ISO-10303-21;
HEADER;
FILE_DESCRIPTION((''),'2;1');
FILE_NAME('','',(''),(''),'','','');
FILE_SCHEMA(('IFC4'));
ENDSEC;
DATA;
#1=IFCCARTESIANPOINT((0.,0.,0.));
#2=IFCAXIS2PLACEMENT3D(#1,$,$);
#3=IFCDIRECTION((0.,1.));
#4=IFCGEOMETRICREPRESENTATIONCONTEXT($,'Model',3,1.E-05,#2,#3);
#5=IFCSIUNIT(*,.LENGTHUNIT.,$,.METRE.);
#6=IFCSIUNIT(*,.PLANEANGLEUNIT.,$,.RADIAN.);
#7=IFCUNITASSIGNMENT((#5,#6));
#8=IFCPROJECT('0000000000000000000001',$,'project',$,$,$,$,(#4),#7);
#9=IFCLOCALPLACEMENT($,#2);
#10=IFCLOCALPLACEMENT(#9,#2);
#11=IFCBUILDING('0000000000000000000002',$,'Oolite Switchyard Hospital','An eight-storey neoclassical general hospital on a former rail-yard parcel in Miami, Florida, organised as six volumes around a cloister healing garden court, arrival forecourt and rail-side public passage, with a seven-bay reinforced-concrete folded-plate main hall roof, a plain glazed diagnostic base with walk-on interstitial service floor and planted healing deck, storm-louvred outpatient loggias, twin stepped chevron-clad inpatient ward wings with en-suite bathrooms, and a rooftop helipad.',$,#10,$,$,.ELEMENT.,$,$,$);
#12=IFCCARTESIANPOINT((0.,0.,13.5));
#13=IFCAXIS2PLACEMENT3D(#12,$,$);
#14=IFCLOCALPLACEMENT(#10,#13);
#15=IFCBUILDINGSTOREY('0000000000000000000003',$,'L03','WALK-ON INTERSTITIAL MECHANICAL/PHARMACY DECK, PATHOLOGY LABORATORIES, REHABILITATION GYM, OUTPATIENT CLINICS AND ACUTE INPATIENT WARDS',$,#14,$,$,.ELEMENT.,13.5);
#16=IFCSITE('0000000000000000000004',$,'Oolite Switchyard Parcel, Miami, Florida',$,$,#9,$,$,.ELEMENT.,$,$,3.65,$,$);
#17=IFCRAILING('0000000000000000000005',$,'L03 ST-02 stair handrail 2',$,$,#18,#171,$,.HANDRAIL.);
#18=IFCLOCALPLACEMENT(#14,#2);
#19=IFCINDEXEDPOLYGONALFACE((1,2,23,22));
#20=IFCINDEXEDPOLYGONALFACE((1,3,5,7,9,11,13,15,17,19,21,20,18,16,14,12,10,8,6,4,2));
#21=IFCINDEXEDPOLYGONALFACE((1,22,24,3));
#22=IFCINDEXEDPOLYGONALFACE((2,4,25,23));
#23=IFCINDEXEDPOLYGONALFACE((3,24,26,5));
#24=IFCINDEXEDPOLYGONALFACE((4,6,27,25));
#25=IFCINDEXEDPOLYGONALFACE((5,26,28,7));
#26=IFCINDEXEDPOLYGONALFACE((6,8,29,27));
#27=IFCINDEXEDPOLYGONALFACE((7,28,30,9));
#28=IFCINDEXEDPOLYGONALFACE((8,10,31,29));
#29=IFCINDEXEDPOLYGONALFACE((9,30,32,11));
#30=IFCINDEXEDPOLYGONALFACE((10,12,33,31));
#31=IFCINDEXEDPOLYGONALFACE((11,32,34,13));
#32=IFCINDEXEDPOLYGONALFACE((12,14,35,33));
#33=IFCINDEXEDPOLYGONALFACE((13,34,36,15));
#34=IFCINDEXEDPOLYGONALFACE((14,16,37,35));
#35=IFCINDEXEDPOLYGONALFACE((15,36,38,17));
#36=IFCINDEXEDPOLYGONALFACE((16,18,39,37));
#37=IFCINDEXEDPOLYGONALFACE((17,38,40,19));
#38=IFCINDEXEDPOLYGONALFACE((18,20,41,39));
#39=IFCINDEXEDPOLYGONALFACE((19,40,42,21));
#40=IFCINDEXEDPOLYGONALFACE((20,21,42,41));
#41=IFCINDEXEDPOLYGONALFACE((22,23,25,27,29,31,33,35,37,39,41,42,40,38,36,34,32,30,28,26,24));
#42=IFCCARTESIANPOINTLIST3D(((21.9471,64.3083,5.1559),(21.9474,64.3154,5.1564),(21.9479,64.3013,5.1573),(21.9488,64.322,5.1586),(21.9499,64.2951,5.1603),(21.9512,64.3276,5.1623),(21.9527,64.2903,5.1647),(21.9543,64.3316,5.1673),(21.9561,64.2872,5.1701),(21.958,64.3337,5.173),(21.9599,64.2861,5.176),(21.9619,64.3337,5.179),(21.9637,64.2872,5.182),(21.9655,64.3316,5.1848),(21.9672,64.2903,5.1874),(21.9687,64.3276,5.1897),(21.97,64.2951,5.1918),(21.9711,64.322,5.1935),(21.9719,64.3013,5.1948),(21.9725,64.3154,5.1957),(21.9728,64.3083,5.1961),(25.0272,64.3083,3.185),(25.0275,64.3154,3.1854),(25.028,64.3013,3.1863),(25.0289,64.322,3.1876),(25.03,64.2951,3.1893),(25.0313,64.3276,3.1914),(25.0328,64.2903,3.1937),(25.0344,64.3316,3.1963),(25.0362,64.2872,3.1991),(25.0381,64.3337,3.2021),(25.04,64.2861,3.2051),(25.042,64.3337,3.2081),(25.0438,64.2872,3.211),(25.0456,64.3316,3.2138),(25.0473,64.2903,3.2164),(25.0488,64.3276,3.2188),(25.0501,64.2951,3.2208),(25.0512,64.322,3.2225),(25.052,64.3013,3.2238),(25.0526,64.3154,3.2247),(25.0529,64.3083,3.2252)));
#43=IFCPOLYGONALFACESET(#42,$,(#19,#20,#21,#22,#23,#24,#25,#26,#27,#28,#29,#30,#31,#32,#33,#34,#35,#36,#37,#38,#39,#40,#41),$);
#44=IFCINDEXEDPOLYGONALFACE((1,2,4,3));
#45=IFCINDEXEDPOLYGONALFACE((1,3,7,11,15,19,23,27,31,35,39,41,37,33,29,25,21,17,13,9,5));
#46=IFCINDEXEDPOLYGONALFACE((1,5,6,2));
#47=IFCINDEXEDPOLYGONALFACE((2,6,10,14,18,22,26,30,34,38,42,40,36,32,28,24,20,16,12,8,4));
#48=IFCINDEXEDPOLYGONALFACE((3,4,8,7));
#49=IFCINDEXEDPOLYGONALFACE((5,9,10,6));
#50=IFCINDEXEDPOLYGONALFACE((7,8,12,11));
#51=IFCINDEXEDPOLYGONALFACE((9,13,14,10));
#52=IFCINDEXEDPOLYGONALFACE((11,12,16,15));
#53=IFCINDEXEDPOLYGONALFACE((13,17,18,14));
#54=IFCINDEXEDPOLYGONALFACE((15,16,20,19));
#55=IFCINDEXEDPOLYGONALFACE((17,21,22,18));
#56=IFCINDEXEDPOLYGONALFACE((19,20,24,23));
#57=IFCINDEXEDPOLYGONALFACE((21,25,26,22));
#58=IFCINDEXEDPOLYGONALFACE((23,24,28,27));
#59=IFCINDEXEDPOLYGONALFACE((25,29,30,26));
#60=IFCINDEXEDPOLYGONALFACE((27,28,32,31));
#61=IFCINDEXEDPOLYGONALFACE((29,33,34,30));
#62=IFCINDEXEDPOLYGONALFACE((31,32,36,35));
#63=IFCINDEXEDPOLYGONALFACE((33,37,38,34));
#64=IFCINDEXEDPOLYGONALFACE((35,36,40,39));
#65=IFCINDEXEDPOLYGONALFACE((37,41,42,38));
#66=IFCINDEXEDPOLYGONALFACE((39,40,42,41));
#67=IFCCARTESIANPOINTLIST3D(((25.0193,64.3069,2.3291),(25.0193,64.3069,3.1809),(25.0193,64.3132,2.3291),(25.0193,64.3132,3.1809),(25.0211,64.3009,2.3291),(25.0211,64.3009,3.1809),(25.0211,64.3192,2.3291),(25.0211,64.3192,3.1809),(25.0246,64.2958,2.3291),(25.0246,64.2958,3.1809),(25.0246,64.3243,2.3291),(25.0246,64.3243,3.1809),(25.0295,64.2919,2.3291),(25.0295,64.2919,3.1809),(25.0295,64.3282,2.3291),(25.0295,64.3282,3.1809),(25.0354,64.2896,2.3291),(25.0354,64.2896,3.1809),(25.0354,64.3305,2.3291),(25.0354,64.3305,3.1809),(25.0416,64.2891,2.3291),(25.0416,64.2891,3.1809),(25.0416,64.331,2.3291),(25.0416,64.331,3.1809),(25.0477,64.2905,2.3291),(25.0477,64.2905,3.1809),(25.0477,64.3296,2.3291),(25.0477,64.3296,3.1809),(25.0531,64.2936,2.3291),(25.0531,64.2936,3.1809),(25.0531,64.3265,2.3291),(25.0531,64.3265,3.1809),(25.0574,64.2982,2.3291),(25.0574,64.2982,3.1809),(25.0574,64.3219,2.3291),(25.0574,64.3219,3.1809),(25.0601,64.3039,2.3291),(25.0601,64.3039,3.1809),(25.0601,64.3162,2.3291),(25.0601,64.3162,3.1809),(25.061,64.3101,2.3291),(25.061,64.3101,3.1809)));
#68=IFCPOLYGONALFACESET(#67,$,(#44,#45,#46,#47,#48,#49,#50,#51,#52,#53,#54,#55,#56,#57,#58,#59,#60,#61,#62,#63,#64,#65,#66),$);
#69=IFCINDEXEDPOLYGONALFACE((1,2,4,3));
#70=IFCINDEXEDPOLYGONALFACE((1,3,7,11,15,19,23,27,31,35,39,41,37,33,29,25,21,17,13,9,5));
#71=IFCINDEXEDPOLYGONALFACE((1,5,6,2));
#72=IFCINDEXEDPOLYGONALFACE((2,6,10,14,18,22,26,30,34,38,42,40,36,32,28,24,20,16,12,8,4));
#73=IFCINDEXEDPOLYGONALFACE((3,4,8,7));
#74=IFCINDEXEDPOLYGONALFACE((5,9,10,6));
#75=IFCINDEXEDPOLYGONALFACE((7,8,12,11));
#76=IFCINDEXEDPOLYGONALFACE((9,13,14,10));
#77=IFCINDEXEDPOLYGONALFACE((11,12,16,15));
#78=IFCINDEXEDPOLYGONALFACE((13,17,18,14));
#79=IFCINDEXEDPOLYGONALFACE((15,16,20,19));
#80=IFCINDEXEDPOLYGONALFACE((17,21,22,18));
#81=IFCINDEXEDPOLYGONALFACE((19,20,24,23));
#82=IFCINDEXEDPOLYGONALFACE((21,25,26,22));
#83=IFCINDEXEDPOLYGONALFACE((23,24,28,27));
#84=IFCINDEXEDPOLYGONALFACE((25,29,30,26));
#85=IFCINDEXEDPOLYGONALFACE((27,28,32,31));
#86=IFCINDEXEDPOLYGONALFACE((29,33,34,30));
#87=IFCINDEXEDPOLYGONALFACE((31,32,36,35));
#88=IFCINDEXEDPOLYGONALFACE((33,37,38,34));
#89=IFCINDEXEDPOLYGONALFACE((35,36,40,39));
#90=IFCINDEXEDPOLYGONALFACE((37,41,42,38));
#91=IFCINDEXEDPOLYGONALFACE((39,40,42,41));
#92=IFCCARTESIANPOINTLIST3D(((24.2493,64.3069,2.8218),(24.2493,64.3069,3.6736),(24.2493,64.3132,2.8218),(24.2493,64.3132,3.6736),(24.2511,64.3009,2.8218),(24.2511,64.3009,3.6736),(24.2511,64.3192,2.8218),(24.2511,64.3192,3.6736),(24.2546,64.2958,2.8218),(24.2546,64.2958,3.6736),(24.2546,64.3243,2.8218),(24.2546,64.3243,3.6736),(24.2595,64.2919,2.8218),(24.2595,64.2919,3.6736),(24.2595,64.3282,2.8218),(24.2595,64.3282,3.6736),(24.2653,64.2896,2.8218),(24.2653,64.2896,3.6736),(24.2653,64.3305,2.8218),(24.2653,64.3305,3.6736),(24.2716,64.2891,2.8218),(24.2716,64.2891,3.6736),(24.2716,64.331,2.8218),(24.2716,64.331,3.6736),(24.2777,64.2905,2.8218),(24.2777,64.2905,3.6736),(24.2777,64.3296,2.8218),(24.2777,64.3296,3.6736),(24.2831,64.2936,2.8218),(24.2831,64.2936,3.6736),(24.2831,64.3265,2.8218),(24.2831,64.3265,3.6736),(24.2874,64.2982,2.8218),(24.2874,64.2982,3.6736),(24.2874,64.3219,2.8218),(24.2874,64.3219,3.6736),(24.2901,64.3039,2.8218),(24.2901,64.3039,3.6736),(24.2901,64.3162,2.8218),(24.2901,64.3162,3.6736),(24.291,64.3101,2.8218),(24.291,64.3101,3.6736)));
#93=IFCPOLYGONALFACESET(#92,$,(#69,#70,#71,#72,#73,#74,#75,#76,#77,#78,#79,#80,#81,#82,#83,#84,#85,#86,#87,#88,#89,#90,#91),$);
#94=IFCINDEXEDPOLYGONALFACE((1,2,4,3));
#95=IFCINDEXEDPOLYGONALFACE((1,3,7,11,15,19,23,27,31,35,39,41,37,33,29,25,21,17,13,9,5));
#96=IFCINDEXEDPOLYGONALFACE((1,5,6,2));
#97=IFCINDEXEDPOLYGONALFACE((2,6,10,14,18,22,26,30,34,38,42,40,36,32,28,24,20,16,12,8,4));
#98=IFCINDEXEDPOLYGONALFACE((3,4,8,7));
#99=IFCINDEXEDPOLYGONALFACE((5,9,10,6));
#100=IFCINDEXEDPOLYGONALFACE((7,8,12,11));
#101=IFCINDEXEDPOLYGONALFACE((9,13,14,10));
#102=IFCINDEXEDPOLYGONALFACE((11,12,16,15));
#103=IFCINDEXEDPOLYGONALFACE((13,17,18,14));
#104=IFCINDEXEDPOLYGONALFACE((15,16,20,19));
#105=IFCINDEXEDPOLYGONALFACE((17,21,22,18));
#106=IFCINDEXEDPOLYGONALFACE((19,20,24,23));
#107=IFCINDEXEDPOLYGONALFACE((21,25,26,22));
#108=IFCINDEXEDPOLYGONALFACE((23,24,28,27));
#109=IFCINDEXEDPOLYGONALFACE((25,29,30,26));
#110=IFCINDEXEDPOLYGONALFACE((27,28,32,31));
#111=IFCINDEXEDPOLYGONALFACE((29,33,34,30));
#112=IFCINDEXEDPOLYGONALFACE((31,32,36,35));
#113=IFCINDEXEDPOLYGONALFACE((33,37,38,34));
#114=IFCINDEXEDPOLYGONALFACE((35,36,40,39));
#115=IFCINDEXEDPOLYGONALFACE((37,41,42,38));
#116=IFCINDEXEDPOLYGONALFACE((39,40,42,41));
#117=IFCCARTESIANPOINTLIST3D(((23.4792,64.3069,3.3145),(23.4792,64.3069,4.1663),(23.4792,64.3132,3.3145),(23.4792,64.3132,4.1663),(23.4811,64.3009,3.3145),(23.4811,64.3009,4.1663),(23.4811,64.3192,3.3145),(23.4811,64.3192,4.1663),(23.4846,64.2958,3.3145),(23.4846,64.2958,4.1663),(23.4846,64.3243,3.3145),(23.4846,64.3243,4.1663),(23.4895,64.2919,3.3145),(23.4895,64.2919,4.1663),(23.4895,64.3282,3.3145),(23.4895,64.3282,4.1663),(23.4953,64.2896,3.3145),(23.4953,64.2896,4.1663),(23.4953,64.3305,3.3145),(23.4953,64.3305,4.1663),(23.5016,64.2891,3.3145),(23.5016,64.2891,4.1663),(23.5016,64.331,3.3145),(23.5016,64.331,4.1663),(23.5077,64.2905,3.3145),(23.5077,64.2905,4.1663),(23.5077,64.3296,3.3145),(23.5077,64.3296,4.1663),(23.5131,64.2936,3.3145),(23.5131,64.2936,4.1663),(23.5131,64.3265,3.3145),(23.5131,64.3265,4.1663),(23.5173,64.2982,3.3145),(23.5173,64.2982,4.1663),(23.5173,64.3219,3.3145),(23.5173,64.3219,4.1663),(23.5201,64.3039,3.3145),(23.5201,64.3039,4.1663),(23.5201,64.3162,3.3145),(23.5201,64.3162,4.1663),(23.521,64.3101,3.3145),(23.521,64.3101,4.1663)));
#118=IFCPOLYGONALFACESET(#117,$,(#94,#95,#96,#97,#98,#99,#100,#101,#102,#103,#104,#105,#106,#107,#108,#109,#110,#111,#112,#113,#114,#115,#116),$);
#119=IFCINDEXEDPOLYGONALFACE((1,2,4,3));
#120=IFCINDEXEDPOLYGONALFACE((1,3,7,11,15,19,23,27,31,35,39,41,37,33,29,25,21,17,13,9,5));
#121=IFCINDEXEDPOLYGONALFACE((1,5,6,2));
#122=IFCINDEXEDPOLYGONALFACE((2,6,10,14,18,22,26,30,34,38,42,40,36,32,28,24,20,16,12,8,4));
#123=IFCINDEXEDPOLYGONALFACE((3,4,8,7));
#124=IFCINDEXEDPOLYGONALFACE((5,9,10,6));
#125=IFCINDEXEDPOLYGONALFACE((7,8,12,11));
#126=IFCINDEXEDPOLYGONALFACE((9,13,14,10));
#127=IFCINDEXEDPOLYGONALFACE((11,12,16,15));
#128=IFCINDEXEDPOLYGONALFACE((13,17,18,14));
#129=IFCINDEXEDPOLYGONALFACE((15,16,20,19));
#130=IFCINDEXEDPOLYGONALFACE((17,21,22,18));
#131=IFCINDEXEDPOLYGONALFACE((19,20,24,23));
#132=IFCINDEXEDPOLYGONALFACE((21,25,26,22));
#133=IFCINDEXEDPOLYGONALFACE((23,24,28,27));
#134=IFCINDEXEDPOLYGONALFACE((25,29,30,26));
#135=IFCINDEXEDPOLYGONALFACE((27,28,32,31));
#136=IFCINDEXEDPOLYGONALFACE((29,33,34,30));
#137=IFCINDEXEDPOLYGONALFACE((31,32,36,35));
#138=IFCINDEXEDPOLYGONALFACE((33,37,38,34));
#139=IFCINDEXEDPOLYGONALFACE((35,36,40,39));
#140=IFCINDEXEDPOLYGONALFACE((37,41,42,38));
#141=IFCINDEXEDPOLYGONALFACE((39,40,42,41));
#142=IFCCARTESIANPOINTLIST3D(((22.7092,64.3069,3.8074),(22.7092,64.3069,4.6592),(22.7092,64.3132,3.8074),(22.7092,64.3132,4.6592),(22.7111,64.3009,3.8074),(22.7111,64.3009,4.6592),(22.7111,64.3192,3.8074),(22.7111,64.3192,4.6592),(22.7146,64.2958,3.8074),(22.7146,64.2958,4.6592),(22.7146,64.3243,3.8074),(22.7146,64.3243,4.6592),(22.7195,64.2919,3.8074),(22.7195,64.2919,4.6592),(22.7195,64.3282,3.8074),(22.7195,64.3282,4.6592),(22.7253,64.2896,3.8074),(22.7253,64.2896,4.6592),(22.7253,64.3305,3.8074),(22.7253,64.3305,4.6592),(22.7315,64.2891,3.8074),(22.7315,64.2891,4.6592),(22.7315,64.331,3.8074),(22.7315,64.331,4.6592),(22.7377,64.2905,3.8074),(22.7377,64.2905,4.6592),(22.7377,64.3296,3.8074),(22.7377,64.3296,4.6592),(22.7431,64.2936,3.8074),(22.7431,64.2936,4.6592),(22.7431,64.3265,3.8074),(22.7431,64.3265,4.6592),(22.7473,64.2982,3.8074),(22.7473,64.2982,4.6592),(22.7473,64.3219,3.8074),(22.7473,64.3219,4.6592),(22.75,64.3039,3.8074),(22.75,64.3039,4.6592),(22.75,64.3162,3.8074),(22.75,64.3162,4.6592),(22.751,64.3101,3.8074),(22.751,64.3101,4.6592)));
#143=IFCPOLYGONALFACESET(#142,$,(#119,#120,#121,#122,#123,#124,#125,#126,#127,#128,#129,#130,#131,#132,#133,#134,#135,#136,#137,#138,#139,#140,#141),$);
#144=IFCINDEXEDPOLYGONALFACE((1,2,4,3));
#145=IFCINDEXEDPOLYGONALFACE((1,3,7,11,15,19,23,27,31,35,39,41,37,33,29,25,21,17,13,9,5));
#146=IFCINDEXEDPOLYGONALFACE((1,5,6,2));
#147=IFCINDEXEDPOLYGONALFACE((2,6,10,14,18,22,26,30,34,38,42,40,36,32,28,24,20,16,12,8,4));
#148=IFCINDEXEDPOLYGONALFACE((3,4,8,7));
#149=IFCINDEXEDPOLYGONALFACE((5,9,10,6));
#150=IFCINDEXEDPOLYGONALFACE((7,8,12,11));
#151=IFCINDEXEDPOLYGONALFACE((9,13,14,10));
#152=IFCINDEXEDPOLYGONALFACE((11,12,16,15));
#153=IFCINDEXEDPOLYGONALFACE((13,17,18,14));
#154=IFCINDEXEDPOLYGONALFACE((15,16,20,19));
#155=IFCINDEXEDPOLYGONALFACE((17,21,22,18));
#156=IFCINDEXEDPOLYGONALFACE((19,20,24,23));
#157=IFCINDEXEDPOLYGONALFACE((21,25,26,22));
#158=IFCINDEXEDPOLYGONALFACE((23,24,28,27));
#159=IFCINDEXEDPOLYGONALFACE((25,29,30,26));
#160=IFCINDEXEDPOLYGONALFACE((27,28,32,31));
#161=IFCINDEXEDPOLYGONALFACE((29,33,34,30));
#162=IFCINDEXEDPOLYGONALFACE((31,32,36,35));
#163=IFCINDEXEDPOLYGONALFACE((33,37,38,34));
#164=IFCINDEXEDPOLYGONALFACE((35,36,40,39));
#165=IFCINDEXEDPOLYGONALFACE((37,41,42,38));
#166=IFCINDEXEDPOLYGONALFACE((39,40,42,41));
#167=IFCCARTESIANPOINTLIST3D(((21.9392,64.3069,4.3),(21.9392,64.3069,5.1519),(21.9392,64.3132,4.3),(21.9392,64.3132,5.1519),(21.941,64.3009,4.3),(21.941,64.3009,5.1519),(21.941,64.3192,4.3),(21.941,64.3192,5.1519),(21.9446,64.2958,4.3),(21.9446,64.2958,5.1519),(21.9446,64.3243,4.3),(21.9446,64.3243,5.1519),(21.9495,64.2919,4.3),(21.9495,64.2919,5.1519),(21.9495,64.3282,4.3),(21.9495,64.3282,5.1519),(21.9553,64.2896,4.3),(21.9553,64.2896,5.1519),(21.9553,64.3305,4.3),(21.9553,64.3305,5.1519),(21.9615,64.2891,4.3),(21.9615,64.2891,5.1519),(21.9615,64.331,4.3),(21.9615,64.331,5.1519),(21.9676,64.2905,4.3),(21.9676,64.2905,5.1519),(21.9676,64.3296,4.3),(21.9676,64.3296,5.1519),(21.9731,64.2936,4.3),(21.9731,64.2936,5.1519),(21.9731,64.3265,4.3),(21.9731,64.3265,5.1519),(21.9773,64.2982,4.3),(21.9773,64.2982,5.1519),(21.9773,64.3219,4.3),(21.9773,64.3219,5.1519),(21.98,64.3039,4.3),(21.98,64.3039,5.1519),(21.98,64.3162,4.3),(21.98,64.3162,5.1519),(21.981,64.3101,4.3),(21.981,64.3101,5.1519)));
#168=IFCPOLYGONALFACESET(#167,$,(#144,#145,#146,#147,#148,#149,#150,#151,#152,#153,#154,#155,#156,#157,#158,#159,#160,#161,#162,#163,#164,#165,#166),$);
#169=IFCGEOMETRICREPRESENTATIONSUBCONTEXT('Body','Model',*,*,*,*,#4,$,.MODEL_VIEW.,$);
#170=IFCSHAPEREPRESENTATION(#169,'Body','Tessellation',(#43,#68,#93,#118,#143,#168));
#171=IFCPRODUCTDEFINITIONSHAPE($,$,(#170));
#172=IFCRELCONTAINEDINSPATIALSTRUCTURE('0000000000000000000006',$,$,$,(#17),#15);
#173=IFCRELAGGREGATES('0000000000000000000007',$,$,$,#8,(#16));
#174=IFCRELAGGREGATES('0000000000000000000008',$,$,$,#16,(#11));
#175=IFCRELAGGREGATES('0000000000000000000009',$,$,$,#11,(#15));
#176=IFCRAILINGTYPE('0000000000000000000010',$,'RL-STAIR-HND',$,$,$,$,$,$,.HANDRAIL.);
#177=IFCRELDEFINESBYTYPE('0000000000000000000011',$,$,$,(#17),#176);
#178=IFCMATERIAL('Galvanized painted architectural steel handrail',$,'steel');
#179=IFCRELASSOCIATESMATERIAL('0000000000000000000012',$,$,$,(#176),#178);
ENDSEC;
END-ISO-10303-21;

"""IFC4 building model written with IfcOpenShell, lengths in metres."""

from ifc_helpers import new_model, si_unit, direction, frame, origin, origin_2d, place, context, subcontext, project, spatial, circle, extrude, material, type_object, element, save


model = new_model("IFC4")

# Units and contexts
model_context = context("Model", 3, precision=1e-05, world=origin(), true_north=direction((0.0, 1.0)))
body_context = subcontext(model_context, "Body", "Model", "MODEL_VIEW")
ifc_project = project(units=[si_unit("LENGTHUNIT", "METRE"), si_unit("PLANEANGLEUNIT", "RADIAN")], contexts=[model_context])

# Site, building, storey
site_placement = place(None, origin())
site = spatial("IfcSite", under=ifc_project, at=site_placement, Name="Oolite Switchyard Parcel, Miami, Florida", CompositionType="ELEMENT", RefElevation=3.65)
building_placement = place(site_placement, origin())
building = spatial("IfcBuilding", under=site, at=building_placement, Name="Oolite Switchyard Hospital", Description="An eight-storey neoclassical general hospital on a former rail-yard parcel in Miami, Florida, organised as six volumes around a cloister healing garden court, arrival forecourt and rail-side public passage, with a seven-bay reinforced-concrete folded-plate main hall roof, a plain glazed diagnostic base with walk-on interstitial service floor and planted healing deck, storm-louvred outpatient loggias, twin stepped chevron-clad inpatient ward wings with en-suite bathrooms, and a rooftop helipad.", CompositionType="ELEMENT")
storey_placement = place(building_placement, frame((0.0, 0.0, 13.5)))
storey = spatial("IfcBuildingStorey", under=building, at=storey_placement, Name="L03", Description="WALK-ON INTERSTITIAL MECHANICAL/PHARMACY DECK, PATHOLOGY LABORATORIES, REHABILITATION GYM, OUTPATIENT CLINICS AND ACUTE INPATIENT WARDS", CompositionType="ELEMENT", Elevation=13.5)

# Railing
ifc_material_1 = material(Name="Galvanized painted architectural steel handrail", Category="steel")
railing_type_1 = type_object("IfcRailingType", Name="RL-STAIR-HND", PredefinedType="HANDRAIL", material=ifc_material_1)
railing_1_placement = place(storey_placement, frame((25.04, 64.3101, 2.3291)))
element("IfcRailing", 1, at=railing_1_placement, inside=storey, type_object=railing_type_1, Name="L03 ST-02 stair handrail 2", PredefinedType="HANDRAIL", context=body_context, shape_type="SweptSolid", body=[
    extrude(circle(Radius=0.0239, at=origin_2d()), frame((0.0, 0.0, 0.876), z_axis=(-0.842309, 0.0, 0.538995), x_axis=(0.0, -1.0, 0.0)), (0.0, 0.0, 1.0), 3.6567),
    extrude(circle(Radius=0.021, at=origin_2d()), origin(), (0.0, 0.0, 1.0), 0.8518),
    extrude(circle(Radius=0.021, at=origin_2d()), frame((-0.77, 0.0, 0.4927)), (0.0, 0.0, 1.0), 0.8518),
    extrude(circle(Radius=0.021, at=origin_2d()), frame((-1.54, 0.0, 0.9854)), (0.0, 0.0, 1.0), 0.8518),
    extrude(circle(Radius=0.021, at=origin_2d()), frame((-2.3101, 0.0, 1.4783)), (0.0, 0.0, 1.0), 0.8518),
    extrude(circle(Radius=0.021, at=origin_2d()), frame((-3.0801, 0.0, 1.9709)), (0.0, 0.0, 1.0), 0.8518),
])

save(model, "model.ifc")
